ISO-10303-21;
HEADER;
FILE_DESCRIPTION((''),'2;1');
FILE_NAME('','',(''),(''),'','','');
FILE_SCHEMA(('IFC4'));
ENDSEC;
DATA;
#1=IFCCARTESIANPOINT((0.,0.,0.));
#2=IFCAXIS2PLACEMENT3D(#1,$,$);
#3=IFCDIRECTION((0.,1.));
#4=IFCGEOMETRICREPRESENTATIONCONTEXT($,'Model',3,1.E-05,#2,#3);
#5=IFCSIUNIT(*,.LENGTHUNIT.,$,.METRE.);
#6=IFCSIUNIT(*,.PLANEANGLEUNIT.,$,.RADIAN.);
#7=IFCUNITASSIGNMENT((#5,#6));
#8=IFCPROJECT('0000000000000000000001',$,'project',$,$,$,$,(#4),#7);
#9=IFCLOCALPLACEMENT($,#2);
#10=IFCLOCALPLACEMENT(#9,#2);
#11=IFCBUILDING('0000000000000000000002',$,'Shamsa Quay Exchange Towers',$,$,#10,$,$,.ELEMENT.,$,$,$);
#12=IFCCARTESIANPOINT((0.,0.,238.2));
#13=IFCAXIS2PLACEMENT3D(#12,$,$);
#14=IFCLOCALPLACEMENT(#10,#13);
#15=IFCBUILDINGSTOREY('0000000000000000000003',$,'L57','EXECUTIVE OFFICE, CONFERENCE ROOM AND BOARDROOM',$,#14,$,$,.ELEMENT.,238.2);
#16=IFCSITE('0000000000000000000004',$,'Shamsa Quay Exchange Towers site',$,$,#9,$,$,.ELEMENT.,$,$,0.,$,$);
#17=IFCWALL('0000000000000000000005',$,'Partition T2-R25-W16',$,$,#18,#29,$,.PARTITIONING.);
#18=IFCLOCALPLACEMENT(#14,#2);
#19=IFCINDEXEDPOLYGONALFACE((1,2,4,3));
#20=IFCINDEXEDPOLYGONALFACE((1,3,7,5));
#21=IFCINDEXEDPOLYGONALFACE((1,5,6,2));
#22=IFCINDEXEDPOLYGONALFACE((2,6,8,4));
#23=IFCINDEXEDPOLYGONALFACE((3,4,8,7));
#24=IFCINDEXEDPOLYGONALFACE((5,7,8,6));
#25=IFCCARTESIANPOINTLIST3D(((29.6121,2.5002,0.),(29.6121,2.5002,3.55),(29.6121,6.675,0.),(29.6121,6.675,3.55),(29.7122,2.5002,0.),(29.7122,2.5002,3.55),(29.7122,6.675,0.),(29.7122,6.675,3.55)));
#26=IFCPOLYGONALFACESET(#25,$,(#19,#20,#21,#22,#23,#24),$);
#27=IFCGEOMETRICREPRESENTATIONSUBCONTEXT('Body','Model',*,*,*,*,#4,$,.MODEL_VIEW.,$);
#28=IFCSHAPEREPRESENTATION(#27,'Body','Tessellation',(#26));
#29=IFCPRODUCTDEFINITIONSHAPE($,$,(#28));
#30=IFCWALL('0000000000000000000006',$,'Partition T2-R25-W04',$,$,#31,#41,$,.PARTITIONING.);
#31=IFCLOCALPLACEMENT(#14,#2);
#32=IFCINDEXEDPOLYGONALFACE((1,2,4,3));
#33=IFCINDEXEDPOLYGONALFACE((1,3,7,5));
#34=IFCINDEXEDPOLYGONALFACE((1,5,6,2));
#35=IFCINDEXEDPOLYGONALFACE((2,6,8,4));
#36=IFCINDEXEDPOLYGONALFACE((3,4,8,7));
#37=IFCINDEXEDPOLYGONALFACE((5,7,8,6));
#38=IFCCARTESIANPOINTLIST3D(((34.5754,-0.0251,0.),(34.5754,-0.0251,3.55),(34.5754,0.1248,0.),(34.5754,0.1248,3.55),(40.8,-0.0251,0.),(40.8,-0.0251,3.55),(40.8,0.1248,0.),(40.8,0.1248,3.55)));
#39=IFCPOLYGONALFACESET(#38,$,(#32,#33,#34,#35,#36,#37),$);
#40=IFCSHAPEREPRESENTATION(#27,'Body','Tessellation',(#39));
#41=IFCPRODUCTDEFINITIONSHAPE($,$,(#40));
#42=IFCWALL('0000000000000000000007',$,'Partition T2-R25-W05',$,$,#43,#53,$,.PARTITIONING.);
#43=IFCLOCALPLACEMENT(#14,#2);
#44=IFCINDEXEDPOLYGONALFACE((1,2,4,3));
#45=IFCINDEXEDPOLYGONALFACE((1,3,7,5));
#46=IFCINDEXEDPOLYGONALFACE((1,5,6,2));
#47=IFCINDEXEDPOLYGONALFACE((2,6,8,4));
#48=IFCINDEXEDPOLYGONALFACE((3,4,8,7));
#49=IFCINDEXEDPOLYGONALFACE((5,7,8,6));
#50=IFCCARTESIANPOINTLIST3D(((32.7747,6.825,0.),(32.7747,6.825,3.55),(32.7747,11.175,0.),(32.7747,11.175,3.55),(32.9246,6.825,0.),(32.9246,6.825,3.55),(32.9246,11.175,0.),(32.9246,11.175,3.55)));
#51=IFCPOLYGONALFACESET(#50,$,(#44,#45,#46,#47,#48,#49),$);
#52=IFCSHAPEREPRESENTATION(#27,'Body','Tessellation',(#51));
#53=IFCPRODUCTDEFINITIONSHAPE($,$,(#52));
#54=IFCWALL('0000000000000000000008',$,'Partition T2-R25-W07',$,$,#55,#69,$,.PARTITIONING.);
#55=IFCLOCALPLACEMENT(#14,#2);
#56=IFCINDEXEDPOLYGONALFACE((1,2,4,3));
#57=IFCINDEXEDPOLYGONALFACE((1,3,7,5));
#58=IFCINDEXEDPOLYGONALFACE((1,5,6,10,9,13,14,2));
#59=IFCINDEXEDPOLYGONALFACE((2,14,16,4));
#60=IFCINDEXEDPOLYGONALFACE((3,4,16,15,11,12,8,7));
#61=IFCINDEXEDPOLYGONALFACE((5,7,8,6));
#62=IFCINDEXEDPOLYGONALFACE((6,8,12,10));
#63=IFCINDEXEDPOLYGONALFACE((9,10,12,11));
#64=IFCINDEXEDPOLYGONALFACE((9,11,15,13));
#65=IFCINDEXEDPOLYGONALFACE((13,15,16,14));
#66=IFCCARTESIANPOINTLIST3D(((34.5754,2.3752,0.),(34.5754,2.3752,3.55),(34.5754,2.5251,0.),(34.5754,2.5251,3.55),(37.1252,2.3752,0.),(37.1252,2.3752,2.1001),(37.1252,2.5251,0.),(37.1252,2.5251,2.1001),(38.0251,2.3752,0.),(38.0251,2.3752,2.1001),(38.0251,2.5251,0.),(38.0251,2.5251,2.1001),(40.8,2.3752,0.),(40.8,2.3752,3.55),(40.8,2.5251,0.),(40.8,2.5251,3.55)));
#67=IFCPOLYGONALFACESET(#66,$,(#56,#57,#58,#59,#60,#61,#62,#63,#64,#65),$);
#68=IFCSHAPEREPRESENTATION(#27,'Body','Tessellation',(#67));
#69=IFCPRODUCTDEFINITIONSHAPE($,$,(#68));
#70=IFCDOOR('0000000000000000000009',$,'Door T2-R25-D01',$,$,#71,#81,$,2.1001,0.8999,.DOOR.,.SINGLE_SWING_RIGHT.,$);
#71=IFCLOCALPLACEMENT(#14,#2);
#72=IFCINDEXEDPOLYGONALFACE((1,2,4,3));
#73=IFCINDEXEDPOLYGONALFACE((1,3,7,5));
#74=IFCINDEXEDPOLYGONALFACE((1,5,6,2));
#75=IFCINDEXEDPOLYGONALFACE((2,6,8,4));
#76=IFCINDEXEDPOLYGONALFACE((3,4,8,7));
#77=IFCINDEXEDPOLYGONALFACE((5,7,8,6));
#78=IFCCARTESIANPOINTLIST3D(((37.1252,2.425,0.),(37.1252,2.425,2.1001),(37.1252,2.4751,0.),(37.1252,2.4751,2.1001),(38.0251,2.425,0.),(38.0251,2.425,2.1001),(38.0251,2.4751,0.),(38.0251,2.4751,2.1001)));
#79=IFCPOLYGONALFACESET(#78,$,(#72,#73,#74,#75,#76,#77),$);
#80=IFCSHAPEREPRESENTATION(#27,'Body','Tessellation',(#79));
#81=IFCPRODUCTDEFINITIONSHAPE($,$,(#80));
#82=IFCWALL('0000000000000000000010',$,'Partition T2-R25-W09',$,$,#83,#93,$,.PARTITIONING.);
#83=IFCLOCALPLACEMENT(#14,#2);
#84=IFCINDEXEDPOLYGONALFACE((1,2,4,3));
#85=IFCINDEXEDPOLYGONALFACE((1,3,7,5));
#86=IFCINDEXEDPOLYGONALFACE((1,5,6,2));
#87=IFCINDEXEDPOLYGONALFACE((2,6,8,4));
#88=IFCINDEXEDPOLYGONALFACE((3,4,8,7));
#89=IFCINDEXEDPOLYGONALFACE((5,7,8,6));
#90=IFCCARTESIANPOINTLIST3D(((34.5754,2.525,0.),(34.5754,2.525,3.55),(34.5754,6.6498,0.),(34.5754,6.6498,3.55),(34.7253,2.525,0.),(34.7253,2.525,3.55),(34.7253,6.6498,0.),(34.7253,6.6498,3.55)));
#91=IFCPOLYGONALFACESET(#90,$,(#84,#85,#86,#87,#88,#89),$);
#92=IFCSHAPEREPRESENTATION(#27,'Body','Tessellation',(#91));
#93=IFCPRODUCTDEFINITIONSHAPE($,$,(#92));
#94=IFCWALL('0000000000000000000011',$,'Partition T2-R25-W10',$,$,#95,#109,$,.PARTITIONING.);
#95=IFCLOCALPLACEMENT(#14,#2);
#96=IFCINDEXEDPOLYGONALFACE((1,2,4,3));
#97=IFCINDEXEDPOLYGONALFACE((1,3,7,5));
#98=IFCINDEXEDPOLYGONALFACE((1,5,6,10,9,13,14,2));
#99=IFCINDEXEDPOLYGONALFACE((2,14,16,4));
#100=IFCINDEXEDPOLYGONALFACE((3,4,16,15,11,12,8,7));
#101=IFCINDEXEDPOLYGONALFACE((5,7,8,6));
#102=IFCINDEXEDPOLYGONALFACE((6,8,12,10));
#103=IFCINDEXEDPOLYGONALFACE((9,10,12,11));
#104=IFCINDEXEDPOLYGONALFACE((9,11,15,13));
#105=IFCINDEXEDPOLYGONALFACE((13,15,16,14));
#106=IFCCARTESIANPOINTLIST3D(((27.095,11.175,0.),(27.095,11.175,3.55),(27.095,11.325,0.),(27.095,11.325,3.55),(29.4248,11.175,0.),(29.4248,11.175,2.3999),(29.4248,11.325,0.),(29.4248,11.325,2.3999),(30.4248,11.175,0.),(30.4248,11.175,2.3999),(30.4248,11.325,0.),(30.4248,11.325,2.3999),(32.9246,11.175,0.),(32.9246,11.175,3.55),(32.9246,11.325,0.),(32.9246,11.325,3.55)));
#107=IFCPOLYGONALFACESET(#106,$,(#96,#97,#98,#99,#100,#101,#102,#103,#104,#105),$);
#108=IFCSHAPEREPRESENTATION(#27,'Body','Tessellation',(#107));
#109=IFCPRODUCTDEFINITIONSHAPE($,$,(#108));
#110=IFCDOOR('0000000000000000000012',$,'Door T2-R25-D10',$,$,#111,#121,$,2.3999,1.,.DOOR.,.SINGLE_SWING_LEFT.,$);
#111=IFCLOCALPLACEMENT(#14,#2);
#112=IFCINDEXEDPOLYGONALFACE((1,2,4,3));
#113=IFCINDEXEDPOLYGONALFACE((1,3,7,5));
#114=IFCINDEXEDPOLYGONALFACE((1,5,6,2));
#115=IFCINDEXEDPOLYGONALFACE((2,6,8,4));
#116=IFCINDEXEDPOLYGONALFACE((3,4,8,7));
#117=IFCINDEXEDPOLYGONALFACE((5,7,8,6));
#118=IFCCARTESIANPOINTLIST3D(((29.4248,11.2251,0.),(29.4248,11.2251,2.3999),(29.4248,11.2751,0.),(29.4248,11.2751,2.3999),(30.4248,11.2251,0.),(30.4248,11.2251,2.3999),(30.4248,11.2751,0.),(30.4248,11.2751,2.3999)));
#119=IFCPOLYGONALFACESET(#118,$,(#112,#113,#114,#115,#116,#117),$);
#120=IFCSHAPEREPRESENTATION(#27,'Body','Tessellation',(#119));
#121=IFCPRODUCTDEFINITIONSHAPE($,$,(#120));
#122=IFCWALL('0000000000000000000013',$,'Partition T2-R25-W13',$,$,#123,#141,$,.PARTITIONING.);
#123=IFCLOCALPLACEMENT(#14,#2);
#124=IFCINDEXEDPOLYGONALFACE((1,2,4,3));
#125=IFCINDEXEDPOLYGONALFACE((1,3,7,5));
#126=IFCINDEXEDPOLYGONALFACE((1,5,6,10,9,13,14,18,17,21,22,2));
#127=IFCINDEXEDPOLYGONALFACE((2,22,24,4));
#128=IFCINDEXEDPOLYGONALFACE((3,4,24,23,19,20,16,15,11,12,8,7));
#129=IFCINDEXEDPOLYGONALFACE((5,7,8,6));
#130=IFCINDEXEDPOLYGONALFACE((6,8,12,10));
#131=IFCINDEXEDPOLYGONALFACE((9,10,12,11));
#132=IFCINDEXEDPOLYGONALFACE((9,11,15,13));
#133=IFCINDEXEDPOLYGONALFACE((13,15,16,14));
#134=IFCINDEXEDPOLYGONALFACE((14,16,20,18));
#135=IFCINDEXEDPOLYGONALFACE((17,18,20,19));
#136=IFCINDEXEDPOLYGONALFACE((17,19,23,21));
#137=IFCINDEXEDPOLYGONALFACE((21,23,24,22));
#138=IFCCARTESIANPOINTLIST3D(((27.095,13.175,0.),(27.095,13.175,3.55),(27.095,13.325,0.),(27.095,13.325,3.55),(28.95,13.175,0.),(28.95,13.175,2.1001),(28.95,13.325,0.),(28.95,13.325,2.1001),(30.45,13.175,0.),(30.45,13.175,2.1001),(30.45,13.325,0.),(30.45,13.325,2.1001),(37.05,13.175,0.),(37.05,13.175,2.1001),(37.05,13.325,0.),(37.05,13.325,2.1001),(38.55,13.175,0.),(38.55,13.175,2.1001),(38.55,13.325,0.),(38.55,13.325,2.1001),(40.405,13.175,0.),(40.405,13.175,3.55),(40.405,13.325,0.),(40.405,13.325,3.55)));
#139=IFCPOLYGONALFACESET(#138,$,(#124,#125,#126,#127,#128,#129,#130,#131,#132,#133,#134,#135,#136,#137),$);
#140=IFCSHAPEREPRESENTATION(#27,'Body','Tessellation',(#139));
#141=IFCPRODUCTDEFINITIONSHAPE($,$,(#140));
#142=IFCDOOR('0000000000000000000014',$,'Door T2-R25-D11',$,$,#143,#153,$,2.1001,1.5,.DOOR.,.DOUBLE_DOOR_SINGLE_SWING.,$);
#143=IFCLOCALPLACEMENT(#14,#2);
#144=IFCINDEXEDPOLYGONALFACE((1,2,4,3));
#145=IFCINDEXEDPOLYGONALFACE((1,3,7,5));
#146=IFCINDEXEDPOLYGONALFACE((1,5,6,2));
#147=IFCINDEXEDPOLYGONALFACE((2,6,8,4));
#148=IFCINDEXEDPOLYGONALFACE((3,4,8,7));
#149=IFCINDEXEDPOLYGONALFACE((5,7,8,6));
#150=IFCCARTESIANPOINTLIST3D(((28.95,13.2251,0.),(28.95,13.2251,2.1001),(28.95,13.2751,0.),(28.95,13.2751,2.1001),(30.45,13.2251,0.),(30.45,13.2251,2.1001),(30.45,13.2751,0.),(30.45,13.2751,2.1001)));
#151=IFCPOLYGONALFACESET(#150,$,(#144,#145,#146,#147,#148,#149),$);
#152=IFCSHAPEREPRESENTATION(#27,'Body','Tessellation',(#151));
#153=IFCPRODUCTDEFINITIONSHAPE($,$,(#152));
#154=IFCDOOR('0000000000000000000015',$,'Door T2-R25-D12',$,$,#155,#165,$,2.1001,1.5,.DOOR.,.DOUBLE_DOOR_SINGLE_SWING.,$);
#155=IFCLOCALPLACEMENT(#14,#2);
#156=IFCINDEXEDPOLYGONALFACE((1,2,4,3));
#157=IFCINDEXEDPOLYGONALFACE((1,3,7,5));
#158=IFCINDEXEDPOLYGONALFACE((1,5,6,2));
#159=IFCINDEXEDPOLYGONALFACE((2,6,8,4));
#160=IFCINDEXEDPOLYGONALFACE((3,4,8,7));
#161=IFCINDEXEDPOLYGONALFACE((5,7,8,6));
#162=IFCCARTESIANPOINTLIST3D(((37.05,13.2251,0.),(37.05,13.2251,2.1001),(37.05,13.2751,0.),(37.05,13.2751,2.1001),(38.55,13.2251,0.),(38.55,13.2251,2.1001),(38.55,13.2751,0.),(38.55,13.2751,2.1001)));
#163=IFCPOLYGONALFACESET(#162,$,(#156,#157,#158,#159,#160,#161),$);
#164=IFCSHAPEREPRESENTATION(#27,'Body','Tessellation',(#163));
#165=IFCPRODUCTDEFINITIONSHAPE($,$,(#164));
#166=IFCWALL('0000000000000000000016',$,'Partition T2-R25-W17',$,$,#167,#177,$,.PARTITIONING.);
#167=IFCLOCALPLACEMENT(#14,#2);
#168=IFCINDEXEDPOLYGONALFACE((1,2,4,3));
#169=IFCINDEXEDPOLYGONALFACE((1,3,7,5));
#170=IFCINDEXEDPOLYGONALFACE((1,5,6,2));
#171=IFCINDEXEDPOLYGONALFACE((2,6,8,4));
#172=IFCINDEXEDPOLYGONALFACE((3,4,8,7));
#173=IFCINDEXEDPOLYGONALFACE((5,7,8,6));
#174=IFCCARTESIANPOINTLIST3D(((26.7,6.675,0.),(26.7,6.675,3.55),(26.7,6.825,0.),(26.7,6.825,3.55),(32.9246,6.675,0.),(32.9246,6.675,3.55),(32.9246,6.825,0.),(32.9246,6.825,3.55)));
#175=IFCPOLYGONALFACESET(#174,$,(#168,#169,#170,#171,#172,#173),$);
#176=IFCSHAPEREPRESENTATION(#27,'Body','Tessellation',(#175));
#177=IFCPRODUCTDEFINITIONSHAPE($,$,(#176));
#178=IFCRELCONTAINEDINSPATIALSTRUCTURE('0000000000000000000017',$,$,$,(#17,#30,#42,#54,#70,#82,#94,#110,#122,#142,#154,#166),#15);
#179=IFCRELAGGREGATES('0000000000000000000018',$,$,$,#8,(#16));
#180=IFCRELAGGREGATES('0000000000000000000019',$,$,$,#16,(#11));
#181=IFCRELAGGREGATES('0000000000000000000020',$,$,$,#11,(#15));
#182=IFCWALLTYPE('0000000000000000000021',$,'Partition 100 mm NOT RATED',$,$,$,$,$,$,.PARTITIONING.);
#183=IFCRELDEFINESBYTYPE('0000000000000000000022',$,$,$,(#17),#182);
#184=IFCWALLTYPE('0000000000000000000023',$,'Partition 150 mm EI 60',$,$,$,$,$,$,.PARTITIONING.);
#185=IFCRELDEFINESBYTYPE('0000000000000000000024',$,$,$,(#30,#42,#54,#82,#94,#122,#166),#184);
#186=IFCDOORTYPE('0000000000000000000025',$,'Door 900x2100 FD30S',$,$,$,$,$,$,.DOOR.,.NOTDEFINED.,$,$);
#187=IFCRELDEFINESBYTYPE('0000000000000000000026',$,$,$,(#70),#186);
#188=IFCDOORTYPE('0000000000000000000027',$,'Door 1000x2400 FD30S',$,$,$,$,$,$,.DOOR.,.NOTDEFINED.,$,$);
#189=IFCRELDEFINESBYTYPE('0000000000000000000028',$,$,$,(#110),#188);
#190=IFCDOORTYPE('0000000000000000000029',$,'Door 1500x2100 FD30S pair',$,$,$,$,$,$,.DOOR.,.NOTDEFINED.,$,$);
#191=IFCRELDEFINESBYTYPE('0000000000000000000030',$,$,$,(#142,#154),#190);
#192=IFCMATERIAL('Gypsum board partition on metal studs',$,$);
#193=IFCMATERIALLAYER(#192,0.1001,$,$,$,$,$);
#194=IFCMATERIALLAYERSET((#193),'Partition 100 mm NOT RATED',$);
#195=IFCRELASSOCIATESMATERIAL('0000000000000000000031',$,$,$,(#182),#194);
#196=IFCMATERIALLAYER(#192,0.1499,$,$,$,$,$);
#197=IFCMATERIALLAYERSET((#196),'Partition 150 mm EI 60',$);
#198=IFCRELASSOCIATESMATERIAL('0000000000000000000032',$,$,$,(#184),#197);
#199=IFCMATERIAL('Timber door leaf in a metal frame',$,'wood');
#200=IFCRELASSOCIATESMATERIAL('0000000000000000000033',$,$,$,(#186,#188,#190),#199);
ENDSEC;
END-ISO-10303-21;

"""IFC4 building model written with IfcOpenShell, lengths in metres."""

from ifc_helpers import new_model, si_unit, direction, frame, frame_2d, origin, place, context, subcontext, project, spatial, rectangle, extrude, material, layer, layer_set, type_object, element, fill, save


model = new_model("IFC4")

# Units and contexts
model_context = context("Model", 3, precision=1e-05, world=origin(), true_north=direction((0.0, 1.0)))
body_context = subcontext(model_context, "Body", "Model", "MODEL_VIEW")
ifc_project = project(units=[si_unit("LENGTHUNIT", "METRE"), si_unit("PLANEANGLEUNIT", "RADIAN")], contexts=[model_context])

# Site, building, storey
site_placement = place(None, origin())
site = spatial("IfcSite", under=ifc_project, at=site_placement, Name="Shamsa Quay Exchange Towers site", CompositionType="ELEMENT", RefElevation=0.0)
building_placement = place(site_placement, origin())
building = spatial("IfcBuilding", under=site, at=building_placement, Name="Shamsa Quay Exchange Towers", CompositionType="ELEMENT")
storey_placement = place(building_placement, frame((0.0, 0.0, 238.2)))
storey = spatial("IfcBuildingStorey", under=building, at=storey_placement, Name="L57", Description="EXECUTIVE OFFICE, CONFERENCE ROOM AND BOARDROOM", CompositionType="ELEMENT", Elevation=238.2)

# Shared definitions
ifc_material_1 = material(Name="Timber door leaf in a metal frame", Category="wood")

# Walls
ifc_material_2 = material(Name="Gypsum board partition on metal studs")
ifc_layer_1 = layer(ifc_material_2, 0.1001)
ifc_layer_set_1 = layer_set([ifc_layer_1], Name="Partition 100 mm NOT RATED")
wall_type_1 = type_object("IfcWallType", Name="Partition 100 mm NOT RATED", PredefinedType="PARTITIONING", material=ifc_layer_set_1)
for number, where, z_axis, x_axis, name in (
    (1, (29.6621, 6.675, 0.0), (0.0, 0.0, 1.0), (0.0, -1.0, 0.0), "Partition T2-R25-W16"),
):
    element("IfcWall", number, at=place(storey_placement, frame(where, z_axis=z_axis, x_axis=x_axis)), inside=storey, type_object=wall_type_1, Name=name, PredefinedType="PARTITIONING", context=body_context, shape_type="SweptSolid", body=[
        extrude(rectangle(XDim=4.1748, YDim=0.1001, at=frame_2d((2.0874, 0.0))), origin(), (0.0, 0.0, 1.0), 3.55),
    ])
ifc_layer_2 = layer(ifc_material_2, 0.1499)
ifc_layer_set_2 = layer_set([ifc_layer_2], Name="Partition 150 mm EI 60")
wall_type_2 = type_object("IfcWallType", Name="Partition 150 mm EI 60", PredefinedType="PARTITIONING", material=ifc_layer_set_2)
wall_1_placement = place(storey_placement, frame((40.8, 0.0498, 0.0), z_axis=(0.0, 0.0, 1.0), x_axis=(-1.0, 0.0, 0.0)))
element("IfcWall", 2, at=wall_1_placement, inside=storey, type_object=wall_type_2, Name="Partition T2-R25-W04", PredefinedType="PARTITIONING", context=body_context, shape_type="SweptSolid", body=[
    extrude(rectangle(XDim=6.2246, YDim=0.1499, at=frame_2d((3.1123, 0.0))), origin(), (0.0, 0.0, 1.0), 3.55),
])
wall_2_placement = place(storey_placement, frame((32.8496, 6.825, 0.0), z_axis=(0.0, 0.0, 1.0), x_axis=(0.0, 1.0, 0.0)))
element("IfcWall", 3, at=wall_2_placement, inside=storey, type_object=wall_type_2, Name="Partition T2-R25-W05", PredefinedType="PARTITIONING", context=body_context, shape_type="SweptSolid", body=[
    extrude(rectangle(XDim=4.3501, YDim=0.1499, at=frame_2d((2.175, 0.0))), origin(), (0.0, 0.0, 1.0), 3.55),
])

# Wall, opening, door
wall_3_placement = place(storey_placement, frame((34.5754, 2.4502, 0.0)))
wall_3 = element("IfcWall", 4, at=wall_3_placement, inside=storey, type_object=wall_type_2, Name="Partition T2-R25-W07", PredefinedType="PARTITIONING", context=body_context, shape_type="SweptSolid", body=[
    extrude(rectangle(XDim=6.2246, YDim=0.1499, at=frame_2d((3.1123, 0.0))), origin(), (0.0, 0.0, 1.0), 3.55),
])
opening_1_placement = place(wall_3_placement, frame((2.5498, 0.0, 0.0)))
opening_1 = element("IfcOpeningElement", 5, at=opening_1_placement, cuts=wall_3, PredefinedType="OPENING", context=body_context, shape_type="SweptSolid", body=[
    extrude(rectangle(XDim=0.8999, YDim=2.1001, at=frame_2d((0.45, 1.05))), frame((0.0, 0.085, 0.0), z_axis=(0.0, -1.0, 0.0), x_axis=(1.0, 0.0, 0.0)), (0.0, 0.0, 1.0), 0.1699),
])
door_type_1 = type_object("IfcDoorType", Name="Door 900x2100 FD30S", OperationType="NOTDEFINED", PredefinedType="DOOR", material=ifc_material_1)
door_1_placement = place(opening_1_placement, origin())
door_1 = element("IfcDoor", 6, at=door_1_placement, inside=storey, type_object=door_type_1, Name="Door T2-R25-D01", OperationType="SINGLE_SWING_RIGHT", OverallHeight=2.1001, OverallWidth=0.8999, PredefinedType="DOOR", context=body_context, shape_type="SweptSolid", body=[
    extrude(rectangle(XDim=0.8999, YDim=2.1001, at=frame_2d((0.45, 1.05))), frame((0.0, 0.0249, 0.0), z_axis=(0.0, -1.0, 0.0), x_axis=(1.0, 0.0, 0.0)), (0.0, 0.0, 1.0), 0.05),
])
fill(opening_1, door_1)

# Wall
wall_4_placement = place(storey_placement, frame((34.6504, 6.6499, 0.0), z_axis=(0.0, 0.0, 1.0), x_axis=(0.0, -1.0, 0.0)))
element("IfcWall", 7, at=wall_4_placement, inside=storey, type_object=wall_type_2, Name="Partition T2-R25-W09", PredefinedType="PARTITIONING", context=body_context, shape_type="SweptSolid", body=[
    extrude(rectangle(XDim=4.1248, YDim=0.1499, at=frame_2d((2.0625, 0.0))), origin(), (0.0, 0.0, 1.0), 3.55),
])

# Wall, opening, door
wall_5_placement = place(storey_placement, frame((32.9246, 11.25, 0.0), z_axis=(0.0, 0.0, 1.0), x_axis=(-1.0, 0.0, 0.0)))
wall_5 = element("IfcWall", 8, at=wall_5_placement, inside=storey, type_object=wall_type_2, Name="Partition T2-R25-W10", PredefinedType="PARTITIONING", context=body_context, shape_type="SweptSolid", body=[
    extrude(rectangle(XDim=5.8296, YDim=0.1499, at=frame_2d((2.9148, 0.0))), origin(), (0.0, 0.0, 1.0), 3.55),
])
opening_2_placement = place(wall_5_placement, frame((2.4998, 0.0, 0.0)))
opening_2 = element("IfcOpeningElement", 9, at=opening_2_placement, cuts=wall_5, PredefinedType="OPENING", context=body_context, shape_type="SweptSolid", body=[
    extrude(rectangle(XDim=1.0, YDim=2.3999, at=frame_2d((0.5, 1.2))), frame((0.0, 0.085, 0.0), z_axis=(0.0, -1.0, 0.0), x_axis=(1.0, 0.0, 0.0)), (0.0, 0.0, 1.0), 0.1699),
])
door_type_2 = type_object("IfcDoorType", Name="Door 1000x2400 FD30S", OperationType="NOTDEFINED", PredefinedType="DOOR", material=ifc_material_1)
door_2_placement = place(opening_2_placement, origin())
door_2 = element("IfcDoor", 10, at=door_2_placement, inside=storey, type_object=door_type_2, Name="Door T2-R25-D10", OperationType="SINGLE_SWING_LEFT", OverallHeight=2.3999, OverallWidth=1.0, PredefinedType="DOOR", context=body_context, shape_type="SweptSolid", body=[
    extrude(rectangle(XDim=1.0, YDim=2.3999, at=frame_2d((0.5, 1.2))), frame((0.0, 0.0249, 0.0), z_axis=(0.0, -1.0, 0.0), x_axis=(1.0, 0.0, 0.0)), (0.0, 0.0, 1.0), 0.05),
])
fill(opening_2, door_2)

# Wall, openings, doors
wall_6_placement = place(storey_placement, frame((40.405, 13.25, 0.0), z_axis=(0.0, 0.0, 1.0), x_axis=(-1.0, 0.0, 0.0)))
wall_6 = element("IfcWall", 11, at=wall_6_placement, inside=storey, type_object=wall_type_2, Name="Partition T2-R25-W13", PredefinedType="PARTITIONING", context=body_context, shape_type="SweptSolid", body=[
    extrude(rectangle(XDim=13.3101, YDim=0.1499, at=frame_2d((6.655, 0.0))), origin(), (0.0, 0.0, 1.0), 3.55),
])
opening_3_placement = place(wall_6_placement, frame((9.9551, 0.0, 0.0)))
opening_3 = element("IfcOpeningElement", 12, at=opening_3_placement, cuts=wall_6, PredefinedType="OPENING", context=body_context, shape_type="SweptSolid", body=[
    extrude(rectangle(XDim=1.5, YDim=2.1001, at=frame_2d((0.75, 1.05))), frame((0.0, 0.085, 0.0), z_axis=(0.0, -1.0, 0.0), x_axis=(1.0, 0.0, 0.0)), (0.0, 0.0, 1.0), 0.1699),
])
opening_4_placement = place(wall_6_placement, frame((1.855, 0.0, 0.0)))
opening_4 = element("IfcOpeningElement", 13, at=opening_4_placement, cuts=wall_6, PredefinedType="OPENING", context=body_context, shape_type="SweptSolid", body=[
    extrude(rectangle(XDim=1.5, YDim=2.1001, at=frame_2d((0.75, 1.05))), frame((0.0, 0.085, 0.0), z_axis=(0.0, -1.0, 0.0), x_axis=(1.0, 0.0, 0.0)), (0.0, 0.0, 1.0), 0.1699),
])
door_type_3 = type_object("IfcDoorType", Name="Door 1500x2100 FD30S pair", OperationType="NOTDEFINED", PredefinedType="DOOR", material=ifc_material_1)
door_3_placement = place(opening_3_placement, origin())
door_3 = element("IfcDoor", 14, at=door_3_placement, inside=storey, type_object=door_type_3, Name="Door T2-R25-D11", OperationType="DOUBLE_DOOR_SINGLE_SWING", OverallHeight=2.1001, OverallWidth=1.5, PredefinedType="DOOR", context=body_context, shape_type="SweptSolid", body=[
    extrude(rectangle(XDim=1.5, YDim=2.1001, at=frame_2d((0.75, 1.05))), frame((0.0, 0.0249, 0.0), z_axis=(0.0, -1.0, 0.0), x_axis=(1.0, 0.0, 0.0)), (0.0, 0.0, 1.0), 0.05),
])
fill(opening_3, door_3)
door_4_placement = place(opening_4_placement, origin())
door_4 = element("IfcDoor", 15, at=door_4_placement, inside=storey, type_object=door_type_3, Name="Door T2-R25-D12", OperationType="DOUBLE_DOOR_SINGLE_SWING", OverallHeight=2.1001, OverallWidth=1.5, PredefinedType="DOOR", context=body_context, shape_type="SweptSolid", body=[
    extrude(rectangle(XDim=1.5, YDim=2.1001, at=frame_2d((0.75, 1.05))), frame((0.0, 0.0249, 0.0), z_axis=(0.0, -1.0, 0.0), x_axis=(1.0, 0.0, 0.0)), (0.0, 0.0, 1.0), 0.05),
])
fill(opening_4, door_4)

# Wall
wall_7_placement = place(storey_placement, frame((32.9246, 6.75, 0.0), z_axis=(0.0, 0.0, 1.0), x_axis=(-1.0, 0.0, 0.0)))
element("IfcWall", 16, at=wall_7_placement, inside=storey, type_object=wall_type_2, Name="Partition T2-R25-W17", PredefinedType="PARTITIONING", context=body_context, shape_type="SweptSolid", body=[
    extrude(rectangle(XDim=6.2246, YDim=0.1499, at=frame_2d((3.1123, 0.0))), origin(), (0.0, 0.0, 1.0), 3.55),
])

save(model, "model.ifc")
